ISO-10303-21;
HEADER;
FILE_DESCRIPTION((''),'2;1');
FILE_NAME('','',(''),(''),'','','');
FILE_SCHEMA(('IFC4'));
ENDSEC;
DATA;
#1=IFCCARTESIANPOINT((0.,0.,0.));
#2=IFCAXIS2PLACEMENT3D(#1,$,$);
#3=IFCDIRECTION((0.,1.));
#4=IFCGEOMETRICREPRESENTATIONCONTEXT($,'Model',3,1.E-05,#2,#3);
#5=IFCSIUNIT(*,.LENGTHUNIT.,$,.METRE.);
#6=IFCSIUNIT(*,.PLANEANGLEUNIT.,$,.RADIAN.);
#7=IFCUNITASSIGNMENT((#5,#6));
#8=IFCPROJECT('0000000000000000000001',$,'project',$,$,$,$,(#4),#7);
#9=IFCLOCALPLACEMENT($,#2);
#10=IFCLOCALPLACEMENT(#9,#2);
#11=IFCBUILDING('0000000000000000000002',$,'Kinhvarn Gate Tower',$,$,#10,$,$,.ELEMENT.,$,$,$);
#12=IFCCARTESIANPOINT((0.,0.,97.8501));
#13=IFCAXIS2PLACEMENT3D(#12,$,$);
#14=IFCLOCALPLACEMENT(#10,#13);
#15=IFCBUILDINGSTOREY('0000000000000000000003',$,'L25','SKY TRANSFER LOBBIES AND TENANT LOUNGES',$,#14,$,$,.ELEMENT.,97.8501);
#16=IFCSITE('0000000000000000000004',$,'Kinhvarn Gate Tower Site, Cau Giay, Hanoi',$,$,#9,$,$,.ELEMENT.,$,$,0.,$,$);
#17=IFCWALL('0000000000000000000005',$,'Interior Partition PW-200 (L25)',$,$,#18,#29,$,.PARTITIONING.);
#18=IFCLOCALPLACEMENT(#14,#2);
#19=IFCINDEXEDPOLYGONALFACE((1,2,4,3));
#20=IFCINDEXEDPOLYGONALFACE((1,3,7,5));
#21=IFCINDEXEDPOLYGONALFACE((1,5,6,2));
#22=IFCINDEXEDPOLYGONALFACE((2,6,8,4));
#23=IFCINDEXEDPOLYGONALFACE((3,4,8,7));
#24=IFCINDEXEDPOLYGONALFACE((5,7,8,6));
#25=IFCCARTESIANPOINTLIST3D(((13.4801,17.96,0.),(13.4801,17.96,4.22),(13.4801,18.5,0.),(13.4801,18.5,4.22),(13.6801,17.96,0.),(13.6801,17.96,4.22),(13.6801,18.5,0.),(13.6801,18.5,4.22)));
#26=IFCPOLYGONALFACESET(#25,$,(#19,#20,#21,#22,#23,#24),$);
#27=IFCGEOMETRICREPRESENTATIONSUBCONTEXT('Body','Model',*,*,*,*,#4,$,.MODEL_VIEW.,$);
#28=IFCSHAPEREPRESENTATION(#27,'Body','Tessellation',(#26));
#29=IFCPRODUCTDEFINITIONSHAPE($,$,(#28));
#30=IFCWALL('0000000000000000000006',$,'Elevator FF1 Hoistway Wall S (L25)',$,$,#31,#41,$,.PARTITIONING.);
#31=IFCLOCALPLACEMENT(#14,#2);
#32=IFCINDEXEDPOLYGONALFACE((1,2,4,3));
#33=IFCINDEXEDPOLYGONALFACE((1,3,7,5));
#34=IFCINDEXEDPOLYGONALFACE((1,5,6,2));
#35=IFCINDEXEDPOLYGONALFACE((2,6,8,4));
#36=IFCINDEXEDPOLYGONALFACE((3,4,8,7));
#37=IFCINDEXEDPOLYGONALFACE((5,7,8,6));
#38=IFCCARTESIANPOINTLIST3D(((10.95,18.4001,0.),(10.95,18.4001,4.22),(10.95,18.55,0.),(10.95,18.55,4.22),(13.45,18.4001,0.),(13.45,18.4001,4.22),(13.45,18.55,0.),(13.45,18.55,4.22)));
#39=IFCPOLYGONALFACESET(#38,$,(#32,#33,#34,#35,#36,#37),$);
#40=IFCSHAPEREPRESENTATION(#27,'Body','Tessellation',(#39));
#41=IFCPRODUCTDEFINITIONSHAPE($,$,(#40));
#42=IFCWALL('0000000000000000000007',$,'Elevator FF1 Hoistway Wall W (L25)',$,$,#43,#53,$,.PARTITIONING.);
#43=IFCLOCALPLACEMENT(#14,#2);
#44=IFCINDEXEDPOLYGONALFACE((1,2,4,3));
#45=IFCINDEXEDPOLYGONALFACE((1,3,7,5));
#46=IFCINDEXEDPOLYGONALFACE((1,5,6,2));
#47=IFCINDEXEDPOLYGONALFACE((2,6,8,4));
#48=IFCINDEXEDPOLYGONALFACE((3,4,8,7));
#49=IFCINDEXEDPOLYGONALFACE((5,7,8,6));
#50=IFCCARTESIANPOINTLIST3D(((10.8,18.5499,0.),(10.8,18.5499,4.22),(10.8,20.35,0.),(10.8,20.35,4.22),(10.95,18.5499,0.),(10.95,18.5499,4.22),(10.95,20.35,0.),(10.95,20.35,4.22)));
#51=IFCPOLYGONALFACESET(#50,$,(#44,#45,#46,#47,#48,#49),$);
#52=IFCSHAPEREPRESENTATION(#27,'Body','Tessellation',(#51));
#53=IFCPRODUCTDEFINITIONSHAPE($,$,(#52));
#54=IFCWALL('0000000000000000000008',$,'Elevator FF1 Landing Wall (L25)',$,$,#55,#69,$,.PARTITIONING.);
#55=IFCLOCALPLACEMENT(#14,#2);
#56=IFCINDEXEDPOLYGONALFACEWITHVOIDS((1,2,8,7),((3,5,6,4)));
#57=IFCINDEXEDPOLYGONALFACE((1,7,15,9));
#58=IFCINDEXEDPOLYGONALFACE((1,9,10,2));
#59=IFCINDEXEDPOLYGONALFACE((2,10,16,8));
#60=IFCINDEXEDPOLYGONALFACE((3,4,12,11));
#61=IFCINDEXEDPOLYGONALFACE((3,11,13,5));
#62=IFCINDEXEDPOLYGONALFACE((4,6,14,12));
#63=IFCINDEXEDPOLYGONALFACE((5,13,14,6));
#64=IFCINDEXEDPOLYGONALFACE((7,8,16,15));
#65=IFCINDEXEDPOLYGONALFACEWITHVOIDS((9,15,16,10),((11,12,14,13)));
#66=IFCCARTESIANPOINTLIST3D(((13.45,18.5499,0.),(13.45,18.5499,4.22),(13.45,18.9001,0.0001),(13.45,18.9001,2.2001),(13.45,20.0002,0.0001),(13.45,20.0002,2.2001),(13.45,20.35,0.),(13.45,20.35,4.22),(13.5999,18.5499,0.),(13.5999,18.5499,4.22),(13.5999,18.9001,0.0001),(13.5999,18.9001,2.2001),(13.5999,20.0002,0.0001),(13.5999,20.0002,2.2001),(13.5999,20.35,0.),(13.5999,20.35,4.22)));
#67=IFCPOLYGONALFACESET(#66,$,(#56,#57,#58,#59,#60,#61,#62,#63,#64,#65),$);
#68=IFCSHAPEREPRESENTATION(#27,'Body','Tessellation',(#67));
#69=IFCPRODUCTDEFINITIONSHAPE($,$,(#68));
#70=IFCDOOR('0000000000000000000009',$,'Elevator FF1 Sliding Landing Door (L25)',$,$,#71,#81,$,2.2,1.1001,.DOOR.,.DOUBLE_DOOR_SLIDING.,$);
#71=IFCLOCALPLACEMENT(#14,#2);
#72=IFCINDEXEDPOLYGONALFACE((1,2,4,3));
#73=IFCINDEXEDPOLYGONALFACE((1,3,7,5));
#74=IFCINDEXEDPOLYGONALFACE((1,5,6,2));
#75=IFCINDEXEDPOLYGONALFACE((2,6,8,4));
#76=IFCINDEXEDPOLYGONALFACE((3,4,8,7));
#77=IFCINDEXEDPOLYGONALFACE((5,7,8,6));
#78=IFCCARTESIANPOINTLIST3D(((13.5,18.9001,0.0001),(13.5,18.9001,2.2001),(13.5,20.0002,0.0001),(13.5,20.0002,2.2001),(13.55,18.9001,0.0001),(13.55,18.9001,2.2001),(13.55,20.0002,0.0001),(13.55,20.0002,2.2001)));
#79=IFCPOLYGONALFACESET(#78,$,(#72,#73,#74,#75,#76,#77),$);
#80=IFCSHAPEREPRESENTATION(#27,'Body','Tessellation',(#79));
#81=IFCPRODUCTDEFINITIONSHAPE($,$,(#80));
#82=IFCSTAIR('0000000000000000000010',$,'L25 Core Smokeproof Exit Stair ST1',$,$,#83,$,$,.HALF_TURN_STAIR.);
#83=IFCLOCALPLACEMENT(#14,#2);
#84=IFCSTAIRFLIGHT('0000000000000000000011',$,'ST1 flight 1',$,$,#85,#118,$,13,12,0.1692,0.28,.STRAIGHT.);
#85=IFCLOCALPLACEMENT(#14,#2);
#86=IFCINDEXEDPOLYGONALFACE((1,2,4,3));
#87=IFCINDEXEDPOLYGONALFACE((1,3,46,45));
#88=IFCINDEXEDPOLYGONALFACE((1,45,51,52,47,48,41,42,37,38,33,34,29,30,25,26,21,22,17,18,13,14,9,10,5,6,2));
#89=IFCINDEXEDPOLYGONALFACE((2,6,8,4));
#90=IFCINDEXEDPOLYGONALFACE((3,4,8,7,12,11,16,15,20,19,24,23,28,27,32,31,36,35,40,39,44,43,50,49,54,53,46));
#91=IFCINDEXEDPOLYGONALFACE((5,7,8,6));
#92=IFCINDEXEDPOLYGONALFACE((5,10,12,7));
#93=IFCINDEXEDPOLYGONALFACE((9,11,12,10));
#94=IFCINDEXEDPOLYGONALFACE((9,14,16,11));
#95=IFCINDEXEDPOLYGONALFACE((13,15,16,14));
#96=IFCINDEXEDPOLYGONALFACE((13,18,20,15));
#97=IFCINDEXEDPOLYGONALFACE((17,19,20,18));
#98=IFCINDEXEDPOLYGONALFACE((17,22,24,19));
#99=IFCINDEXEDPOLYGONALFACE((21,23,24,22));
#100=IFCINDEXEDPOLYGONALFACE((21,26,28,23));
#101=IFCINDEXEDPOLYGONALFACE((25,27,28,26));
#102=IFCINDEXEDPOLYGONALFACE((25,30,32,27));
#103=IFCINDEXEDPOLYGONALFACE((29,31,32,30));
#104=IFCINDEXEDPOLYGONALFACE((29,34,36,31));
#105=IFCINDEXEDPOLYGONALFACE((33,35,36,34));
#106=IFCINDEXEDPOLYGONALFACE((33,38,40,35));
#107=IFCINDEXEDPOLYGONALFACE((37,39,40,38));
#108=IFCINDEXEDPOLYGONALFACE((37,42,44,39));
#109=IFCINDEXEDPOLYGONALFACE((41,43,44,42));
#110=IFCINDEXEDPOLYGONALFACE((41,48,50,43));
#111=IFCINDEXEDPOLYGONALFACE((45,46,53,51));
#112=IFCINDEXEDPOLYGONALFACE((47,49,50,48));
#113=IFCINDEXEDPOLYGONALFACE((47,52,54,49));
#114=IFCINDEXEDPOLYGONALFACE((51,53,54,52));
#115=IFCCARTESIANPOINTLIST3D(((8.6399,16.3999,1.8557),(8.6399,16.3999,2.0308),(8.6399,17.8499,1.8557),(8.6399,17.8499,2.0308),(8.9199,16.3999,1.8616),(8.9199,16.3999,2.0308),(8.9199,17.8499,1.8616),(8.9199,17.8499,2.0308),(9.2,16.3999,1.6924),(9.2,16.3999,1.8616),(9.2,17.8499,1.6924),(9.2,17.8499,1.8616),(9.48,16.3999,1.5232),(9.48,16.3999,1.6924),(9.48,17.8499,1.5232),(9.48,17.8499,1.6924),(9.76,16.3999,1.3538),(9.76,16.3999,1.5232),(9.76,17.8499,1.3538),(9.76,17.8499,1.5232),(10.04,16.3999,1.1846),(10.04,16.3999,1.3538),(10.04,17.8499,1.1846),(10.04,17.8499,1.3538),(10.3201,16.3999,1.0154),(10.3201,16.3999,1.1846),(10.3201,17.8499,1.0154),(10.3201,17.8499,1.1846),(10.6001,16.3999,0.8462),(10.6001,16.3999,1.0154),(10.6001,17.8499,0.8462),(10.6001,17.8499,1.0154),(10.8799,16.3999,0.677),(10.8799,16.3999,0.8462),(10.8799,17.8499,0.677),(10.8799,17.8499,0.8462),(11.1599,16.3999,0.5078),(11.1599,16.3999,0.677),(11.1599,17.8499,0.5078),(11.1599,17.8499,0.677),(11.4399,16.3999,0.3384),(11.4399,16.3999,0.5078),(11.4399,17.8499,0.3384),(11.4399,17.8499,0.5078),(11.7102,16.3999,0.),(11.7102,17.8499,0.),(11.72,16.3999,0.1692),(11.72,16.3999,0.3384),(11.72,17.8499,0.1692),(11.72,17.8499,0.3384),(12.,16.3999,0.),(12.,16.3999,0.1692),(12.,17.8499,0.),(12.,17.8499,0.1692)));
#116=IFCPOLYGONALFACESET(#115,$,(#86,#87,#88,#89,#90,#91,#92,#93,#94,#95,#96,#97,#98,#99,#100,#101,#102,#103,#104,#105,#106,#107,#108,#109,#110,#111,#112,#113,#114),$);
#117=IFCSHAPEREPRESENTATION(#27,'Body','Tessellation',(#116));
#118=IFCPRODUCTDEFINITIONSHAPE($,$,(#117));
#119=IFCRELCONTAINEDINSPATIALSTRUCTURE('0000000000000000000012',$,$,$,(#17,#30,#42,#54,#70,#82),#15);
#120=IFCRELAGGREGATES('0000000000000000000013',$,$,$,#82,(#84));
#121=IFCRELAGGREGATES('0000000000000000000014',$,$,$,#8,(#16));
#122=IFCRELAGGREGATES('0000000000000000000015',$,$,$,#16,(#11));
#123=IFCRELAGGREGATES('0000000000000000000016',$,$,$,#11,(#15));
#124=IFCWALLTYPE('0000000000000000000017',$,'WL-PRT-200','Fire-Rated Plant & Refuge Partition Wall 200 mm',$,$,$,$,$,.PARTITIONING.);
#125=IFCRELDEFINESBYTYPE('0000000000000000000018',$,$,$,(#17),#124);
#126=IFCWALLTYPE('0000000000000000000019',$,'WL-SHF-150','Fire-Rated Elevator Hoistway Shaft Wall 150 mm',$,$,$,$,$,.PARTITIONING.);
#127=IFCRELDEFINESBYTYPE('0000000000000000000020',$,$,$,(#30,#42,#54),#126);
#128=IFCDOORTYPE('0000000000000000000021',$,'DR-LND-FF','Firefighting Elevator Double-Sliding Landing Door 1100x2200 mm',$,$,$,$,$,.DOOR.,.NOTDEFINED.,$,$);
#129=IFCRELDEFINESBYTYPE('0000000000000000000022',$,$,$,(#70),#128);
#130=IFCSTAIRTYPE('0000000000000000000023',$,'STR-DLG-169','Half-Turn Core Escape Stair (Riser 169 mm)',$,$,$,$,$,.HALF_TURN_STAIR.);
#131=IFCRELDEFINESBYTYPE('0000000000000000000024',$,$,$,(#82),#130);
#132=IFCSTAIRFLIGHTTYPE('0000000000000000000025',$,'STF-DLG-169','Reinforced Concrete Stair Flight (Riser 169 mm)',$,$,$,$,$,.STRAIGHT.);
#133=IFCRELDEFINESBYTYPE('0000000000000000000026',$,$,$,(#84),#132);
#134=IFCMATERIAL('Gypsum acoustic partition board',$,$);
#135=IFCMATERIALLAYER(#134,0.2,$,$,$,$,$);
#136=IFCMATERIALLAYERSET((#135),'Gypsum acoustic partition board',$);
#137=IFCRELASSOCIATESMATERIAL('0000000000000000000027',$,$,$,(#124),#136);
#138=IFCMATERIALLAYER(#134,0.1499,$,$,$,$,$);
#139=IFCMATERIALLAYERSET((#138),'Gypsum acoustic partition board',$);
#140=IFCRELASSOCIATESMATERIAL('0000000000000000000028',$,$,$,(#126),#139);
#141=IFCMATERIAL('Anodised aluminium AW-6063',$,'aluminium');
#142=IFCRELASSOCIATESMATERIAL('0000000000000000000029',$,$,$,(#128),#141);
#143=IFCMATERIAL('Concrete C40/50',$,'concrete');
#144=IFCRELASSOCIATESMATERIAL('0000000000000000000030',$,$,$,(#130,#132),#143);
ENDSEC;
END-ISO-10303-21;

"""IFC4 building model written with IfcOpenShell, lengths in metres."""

from ifc_helpers import new_model, si_unit, direction, frame, frame_2d, origin, place, context, subcontext, project, spatial, polyline, rectangle, outline, extrude, material, layer, layer_set, type_object, element, fill, aggregate, save


model = new_model("IFC4")

# Units and contexts
model_context = context("Model", 3, precision=1e-05, world=origin(), true_north=direction((0.0, 1.0)))
body_context = subcontext(model_context, "Body", "Model", "MODEL_VIEW")
ifc_project = project(units=[si_unit("LENGTHUNIT", "METRE"), si_unit("PLANEANGLEUNIT", "RADIAN")], contexts=[model_context])

# Site, building, storey
site_placement = place(None, origin())
site = spatial("IfcSite", under=ifc_project, at=site_placement, Name="Kinhvarn Gate Tower Site, Cau Giay, Hanoi", CompositionType="ELEMENT", RefElevation=0.0)
building_placement = place(site_placement, origin())
building = spatial("IfcBuilding", under=site, at=building_placement, Name="Kinhvarn Gate Tower", CompositionType="ELEMENT")
storey_placement = place(building_placement, frame((0.0, 0.0, 97.8501)))
storey = spatial("IfcBuildingStorey", under=building, at=storey_placement, Name="L25", Description="SKY TRANSFER LOBBIES AND TENANT LOUNGES", CompositionType="ELEMENT", Elevation=97.8501)

# Shared definitions
ifc_material_1 = material(Name="Anodised aluminium AW-6063", Category="aluminium")

# Shared definitions
ifc_material_2 = material(Name="Gypsum acoustic partition board")

# Walls
ifc_layer_1 = layer(ifc_material_2, 0.2)
ifc_layer_set_1 = layer_set([ifc_layer_1], Name="Gypsum acoustic partition board")
wall_type_1 = type_object("IfcWallType", Name="WL-PRT-200", Description="Fire-Rated Plant & Refuge Partition Wall 200 mm", PredefinedType="PARTITIONING", material=ifc_layer_set_1)
wall_1_placement = place(storey_placement, frame((13.5801, 17.96, 0.0), z_axis=(0.0, 0.0, 1.0), x_axis=(0.0, 1.0, 0.0)))
element("IfcWall", 1, at=wall_1_placement, inside=storey, type_object=wall_type_1, Name="Interior Partition PW-200 (L25)", PredefinedType="PARTITIONING", context=body_context, shape_type="SweptSolid", body=[
    extrude(rectangle(XDim=0.54, YDim=0.2, at=frame_2d((0.27, 0.0))), origin(), (0.0, 0.0, 1.0), 4.22),
])
ifc_layer_2 = layer(ifc_material_2, 0.1499)
ifc_layer_set_2 = layer_set([ifc_layer_2], Name="Gypsum acoustic partition board")
wall_type_2 = type_object("IfcWallType", Name="WL-SHF-150", Description="Fire-Rated Elevator Hoistway Shaft Wall 150 mm", PredefinedType="PARTITIONING", material=ifc_layer_set_2)
wall_2_placement = place(storey_placement, frame((10.95, 18.4751, 0.0), z_axis=(0.0, 0.0, 1.0), x_axis=(1.0, 0.0, 0.0)))
element("IfcWall", 2, at=wall_2_placement, inside=storey, type_object=wall_type_2, Name="Elevator FF1 Hoistway Wall S (L25)", PredefinedType="PARTITIONING", context=body_context, shape_type="SweptSolid", body=[
    extrude(rectangle(XDim=2.5, YDim=0.1499, at=frame_2d((1.25, 0.0))), origin(), (0.0, 0.0, 1.0), 4.22),
])
wall_3_placement = place(storey_placement, frame((10.875, 18.55, 0.0), z_axis=(0.0, 0.0, 1.0), x_axis=(0.0, 1.0, 0.0)))
element("IfcWall", 3, at=wall_3_placement, inside=storey, type_object=wall_type_2, Name="Elevator FF1 Hoistway Wall W (L25)", PredefinedType="PARTITIONING", context=body_context, shape_type="SweptSolid", body=[
    extrude(rectangle(XDim=1.8, YDim=0.1499, at=frame_2d((0.8999, 0.0))), origin(), (0.0, 0.0, 1.0), 4.22),
])

# Wall, opening, door
wall_4_placement = place(storey_placement, frame((13.5249, 18.55, 0.0), z_axis=(0.0, 0.0, 1.0), x_axis=(0.0, 1.0, 0.0)))
wall_4 = element("IfcWall", 4, at=wall_4_placement, inside=storey, type_object=wall_type_2, Name="Elevator FF1 Landing Wall (L25)", PredefinedType="PARTITIONING", context=body_context, shape_type="SweptSolid", body=[
    extrude(rectangle(XDim=1.8, YDim=0.1499, at=frame_2d((0.8999, 0.0))), origin(), (0.0, 0.0, 1.0), 4.22),
])
opening_1_placement = place(wall_4_placement, frame((0.3501, 0.0, 0.0)))
opening_1 = element("IfcOpeningElement", 5, at=opening_1_placement, cuts=wall_4, PredefinedType="OPENING", context=body_context, shape_type="SweptSolid", body=[
    extrude(rectangle(XDim=1.1001, YDim=2.2, at=frame_2d((0.55, 1.1001))), frame((0.0, 0.085, 0.0), z_axis=(0.0, -1.0, 0.0), x_axis=(1.0, 0.0, 0.0)), (0.0, 0.0, 1.0), 0.1699),
])
door_type_1 = type_object("IfcDoorType", Name="DR-LND-FF", Description="Firefighting Elevator Double-Sliding Landing Door 1100x2200 mm", OperationType="NOTDEFINED", PredefinedType="DOOR", material=ifc_material_1)
door_1_placement = place(opening_1_placement, origin())
door_1 = element("IfcDoor", 6, at=door_1_placement, inside=storey, type_object=door_type_1, Name="Elevator FF1 Sliding Landing Door (L25)", OperationType="DOUBLE_DOOR_SLIDING", OverallHeight=2.2, OverallWidth=1.1001, PredefinedType="DOOR", context=body_context, shape_type="SweptSolid", body=[
    extrude(rectangle(XDim=1.1001, YDim=2.2, at=frame_2d((0.55, 1.1001))), frame((0.0, 0.0249, 0.0), z_axis=(0.0, -1.0, 0.0), x_axis=(1.0, 0.0, 0.0)), (0.0, 0.0, 1.0), 0.05),
])
fill(opening_1, door_1)
ifc_material_3 = material(Name="Concrete C40/50", Category="concrete")

# Stair, stair flight
stair_type = type_object("IfcStairType", Name="STR-DLG-169", Description="Half-Turn Core Escape Stair (Riser 169 mm)", PredefinedType="HALF_TURN_STAIR", material=ifc_material_3)
stair_placement = place(storey_placement, origin())
stair = element("IfcStair", 7, at=stair_placement, inside=storey, type_object=stair_type, Name="L25 Core Smokeproof Exit Stair ST1", PredefinedType="HALF_TURN_STAIR")
stair_flight_type = type_object("IfcStairFlightType", Name="STF-DLG-169", Description="Reinforced Concrete Stair Flight (Riser 169 mm)", PredefinedType="STRAIGHT", material=ifc_material_3)
stair_flight_placement = place(storey_placement, frame((12.0, 17.125, 0.0), z_axis=(0.0, 0.0, 1.0), x_axis=(-1.0, 0.0, 0.0)))
stair_flight = element("IfcStairFlight", 8, at=stair_flight_placement, type_object=stair_flight_type, Name="ST1 flight 1", NumberOfRisers=13, NumberOfTreads=12, PredefinedType="STRAIGHT", RiserHeight=0.1692, TreadLength=0.28, context=body_context, shape_type="SweptSolid", body=[
    extrude(outline(polyline([(0.0, 0.0), (0.0, 0.1692), (0.28, 0.1692), (0.28, 0.3384), (0.5601, 0.3384), (0.5601, 0.5078), (0.8401, 0.5078), (0.8401, 0.677), (1.1201, 0.677), (1.1201, 0.8462), (1.3999, 0.8462), (1.3999, 1.0154), (1.6799, 1.0154), (1.6799, 1.1846), (1.96, 1.1846), (1.96, 1.3538), (2.24, 1.3538), (2.24, 1.5232), (2.52, 1.5232), (2.52, 1.6924), (2.8, 1.6924), (2.8, 1.8616), (3.0801, 1.8616), (3.0801, 2.0308), (3.3601, 2.0308), (3.3601, 2.2), (3.3601, 1.8557), (0.2898, 0.0), (0.0, 0.0)])), frame((0.0, 0.7251, 0.0), z_axis=(0.0, -1.0, 0.0), x_axis=(1.0, 0.0, 0.0)), (0.0, 0.0, 1.0), 1.45),
])
aggregate(stair, [stair_flight])

save(model, "model.ifc")
